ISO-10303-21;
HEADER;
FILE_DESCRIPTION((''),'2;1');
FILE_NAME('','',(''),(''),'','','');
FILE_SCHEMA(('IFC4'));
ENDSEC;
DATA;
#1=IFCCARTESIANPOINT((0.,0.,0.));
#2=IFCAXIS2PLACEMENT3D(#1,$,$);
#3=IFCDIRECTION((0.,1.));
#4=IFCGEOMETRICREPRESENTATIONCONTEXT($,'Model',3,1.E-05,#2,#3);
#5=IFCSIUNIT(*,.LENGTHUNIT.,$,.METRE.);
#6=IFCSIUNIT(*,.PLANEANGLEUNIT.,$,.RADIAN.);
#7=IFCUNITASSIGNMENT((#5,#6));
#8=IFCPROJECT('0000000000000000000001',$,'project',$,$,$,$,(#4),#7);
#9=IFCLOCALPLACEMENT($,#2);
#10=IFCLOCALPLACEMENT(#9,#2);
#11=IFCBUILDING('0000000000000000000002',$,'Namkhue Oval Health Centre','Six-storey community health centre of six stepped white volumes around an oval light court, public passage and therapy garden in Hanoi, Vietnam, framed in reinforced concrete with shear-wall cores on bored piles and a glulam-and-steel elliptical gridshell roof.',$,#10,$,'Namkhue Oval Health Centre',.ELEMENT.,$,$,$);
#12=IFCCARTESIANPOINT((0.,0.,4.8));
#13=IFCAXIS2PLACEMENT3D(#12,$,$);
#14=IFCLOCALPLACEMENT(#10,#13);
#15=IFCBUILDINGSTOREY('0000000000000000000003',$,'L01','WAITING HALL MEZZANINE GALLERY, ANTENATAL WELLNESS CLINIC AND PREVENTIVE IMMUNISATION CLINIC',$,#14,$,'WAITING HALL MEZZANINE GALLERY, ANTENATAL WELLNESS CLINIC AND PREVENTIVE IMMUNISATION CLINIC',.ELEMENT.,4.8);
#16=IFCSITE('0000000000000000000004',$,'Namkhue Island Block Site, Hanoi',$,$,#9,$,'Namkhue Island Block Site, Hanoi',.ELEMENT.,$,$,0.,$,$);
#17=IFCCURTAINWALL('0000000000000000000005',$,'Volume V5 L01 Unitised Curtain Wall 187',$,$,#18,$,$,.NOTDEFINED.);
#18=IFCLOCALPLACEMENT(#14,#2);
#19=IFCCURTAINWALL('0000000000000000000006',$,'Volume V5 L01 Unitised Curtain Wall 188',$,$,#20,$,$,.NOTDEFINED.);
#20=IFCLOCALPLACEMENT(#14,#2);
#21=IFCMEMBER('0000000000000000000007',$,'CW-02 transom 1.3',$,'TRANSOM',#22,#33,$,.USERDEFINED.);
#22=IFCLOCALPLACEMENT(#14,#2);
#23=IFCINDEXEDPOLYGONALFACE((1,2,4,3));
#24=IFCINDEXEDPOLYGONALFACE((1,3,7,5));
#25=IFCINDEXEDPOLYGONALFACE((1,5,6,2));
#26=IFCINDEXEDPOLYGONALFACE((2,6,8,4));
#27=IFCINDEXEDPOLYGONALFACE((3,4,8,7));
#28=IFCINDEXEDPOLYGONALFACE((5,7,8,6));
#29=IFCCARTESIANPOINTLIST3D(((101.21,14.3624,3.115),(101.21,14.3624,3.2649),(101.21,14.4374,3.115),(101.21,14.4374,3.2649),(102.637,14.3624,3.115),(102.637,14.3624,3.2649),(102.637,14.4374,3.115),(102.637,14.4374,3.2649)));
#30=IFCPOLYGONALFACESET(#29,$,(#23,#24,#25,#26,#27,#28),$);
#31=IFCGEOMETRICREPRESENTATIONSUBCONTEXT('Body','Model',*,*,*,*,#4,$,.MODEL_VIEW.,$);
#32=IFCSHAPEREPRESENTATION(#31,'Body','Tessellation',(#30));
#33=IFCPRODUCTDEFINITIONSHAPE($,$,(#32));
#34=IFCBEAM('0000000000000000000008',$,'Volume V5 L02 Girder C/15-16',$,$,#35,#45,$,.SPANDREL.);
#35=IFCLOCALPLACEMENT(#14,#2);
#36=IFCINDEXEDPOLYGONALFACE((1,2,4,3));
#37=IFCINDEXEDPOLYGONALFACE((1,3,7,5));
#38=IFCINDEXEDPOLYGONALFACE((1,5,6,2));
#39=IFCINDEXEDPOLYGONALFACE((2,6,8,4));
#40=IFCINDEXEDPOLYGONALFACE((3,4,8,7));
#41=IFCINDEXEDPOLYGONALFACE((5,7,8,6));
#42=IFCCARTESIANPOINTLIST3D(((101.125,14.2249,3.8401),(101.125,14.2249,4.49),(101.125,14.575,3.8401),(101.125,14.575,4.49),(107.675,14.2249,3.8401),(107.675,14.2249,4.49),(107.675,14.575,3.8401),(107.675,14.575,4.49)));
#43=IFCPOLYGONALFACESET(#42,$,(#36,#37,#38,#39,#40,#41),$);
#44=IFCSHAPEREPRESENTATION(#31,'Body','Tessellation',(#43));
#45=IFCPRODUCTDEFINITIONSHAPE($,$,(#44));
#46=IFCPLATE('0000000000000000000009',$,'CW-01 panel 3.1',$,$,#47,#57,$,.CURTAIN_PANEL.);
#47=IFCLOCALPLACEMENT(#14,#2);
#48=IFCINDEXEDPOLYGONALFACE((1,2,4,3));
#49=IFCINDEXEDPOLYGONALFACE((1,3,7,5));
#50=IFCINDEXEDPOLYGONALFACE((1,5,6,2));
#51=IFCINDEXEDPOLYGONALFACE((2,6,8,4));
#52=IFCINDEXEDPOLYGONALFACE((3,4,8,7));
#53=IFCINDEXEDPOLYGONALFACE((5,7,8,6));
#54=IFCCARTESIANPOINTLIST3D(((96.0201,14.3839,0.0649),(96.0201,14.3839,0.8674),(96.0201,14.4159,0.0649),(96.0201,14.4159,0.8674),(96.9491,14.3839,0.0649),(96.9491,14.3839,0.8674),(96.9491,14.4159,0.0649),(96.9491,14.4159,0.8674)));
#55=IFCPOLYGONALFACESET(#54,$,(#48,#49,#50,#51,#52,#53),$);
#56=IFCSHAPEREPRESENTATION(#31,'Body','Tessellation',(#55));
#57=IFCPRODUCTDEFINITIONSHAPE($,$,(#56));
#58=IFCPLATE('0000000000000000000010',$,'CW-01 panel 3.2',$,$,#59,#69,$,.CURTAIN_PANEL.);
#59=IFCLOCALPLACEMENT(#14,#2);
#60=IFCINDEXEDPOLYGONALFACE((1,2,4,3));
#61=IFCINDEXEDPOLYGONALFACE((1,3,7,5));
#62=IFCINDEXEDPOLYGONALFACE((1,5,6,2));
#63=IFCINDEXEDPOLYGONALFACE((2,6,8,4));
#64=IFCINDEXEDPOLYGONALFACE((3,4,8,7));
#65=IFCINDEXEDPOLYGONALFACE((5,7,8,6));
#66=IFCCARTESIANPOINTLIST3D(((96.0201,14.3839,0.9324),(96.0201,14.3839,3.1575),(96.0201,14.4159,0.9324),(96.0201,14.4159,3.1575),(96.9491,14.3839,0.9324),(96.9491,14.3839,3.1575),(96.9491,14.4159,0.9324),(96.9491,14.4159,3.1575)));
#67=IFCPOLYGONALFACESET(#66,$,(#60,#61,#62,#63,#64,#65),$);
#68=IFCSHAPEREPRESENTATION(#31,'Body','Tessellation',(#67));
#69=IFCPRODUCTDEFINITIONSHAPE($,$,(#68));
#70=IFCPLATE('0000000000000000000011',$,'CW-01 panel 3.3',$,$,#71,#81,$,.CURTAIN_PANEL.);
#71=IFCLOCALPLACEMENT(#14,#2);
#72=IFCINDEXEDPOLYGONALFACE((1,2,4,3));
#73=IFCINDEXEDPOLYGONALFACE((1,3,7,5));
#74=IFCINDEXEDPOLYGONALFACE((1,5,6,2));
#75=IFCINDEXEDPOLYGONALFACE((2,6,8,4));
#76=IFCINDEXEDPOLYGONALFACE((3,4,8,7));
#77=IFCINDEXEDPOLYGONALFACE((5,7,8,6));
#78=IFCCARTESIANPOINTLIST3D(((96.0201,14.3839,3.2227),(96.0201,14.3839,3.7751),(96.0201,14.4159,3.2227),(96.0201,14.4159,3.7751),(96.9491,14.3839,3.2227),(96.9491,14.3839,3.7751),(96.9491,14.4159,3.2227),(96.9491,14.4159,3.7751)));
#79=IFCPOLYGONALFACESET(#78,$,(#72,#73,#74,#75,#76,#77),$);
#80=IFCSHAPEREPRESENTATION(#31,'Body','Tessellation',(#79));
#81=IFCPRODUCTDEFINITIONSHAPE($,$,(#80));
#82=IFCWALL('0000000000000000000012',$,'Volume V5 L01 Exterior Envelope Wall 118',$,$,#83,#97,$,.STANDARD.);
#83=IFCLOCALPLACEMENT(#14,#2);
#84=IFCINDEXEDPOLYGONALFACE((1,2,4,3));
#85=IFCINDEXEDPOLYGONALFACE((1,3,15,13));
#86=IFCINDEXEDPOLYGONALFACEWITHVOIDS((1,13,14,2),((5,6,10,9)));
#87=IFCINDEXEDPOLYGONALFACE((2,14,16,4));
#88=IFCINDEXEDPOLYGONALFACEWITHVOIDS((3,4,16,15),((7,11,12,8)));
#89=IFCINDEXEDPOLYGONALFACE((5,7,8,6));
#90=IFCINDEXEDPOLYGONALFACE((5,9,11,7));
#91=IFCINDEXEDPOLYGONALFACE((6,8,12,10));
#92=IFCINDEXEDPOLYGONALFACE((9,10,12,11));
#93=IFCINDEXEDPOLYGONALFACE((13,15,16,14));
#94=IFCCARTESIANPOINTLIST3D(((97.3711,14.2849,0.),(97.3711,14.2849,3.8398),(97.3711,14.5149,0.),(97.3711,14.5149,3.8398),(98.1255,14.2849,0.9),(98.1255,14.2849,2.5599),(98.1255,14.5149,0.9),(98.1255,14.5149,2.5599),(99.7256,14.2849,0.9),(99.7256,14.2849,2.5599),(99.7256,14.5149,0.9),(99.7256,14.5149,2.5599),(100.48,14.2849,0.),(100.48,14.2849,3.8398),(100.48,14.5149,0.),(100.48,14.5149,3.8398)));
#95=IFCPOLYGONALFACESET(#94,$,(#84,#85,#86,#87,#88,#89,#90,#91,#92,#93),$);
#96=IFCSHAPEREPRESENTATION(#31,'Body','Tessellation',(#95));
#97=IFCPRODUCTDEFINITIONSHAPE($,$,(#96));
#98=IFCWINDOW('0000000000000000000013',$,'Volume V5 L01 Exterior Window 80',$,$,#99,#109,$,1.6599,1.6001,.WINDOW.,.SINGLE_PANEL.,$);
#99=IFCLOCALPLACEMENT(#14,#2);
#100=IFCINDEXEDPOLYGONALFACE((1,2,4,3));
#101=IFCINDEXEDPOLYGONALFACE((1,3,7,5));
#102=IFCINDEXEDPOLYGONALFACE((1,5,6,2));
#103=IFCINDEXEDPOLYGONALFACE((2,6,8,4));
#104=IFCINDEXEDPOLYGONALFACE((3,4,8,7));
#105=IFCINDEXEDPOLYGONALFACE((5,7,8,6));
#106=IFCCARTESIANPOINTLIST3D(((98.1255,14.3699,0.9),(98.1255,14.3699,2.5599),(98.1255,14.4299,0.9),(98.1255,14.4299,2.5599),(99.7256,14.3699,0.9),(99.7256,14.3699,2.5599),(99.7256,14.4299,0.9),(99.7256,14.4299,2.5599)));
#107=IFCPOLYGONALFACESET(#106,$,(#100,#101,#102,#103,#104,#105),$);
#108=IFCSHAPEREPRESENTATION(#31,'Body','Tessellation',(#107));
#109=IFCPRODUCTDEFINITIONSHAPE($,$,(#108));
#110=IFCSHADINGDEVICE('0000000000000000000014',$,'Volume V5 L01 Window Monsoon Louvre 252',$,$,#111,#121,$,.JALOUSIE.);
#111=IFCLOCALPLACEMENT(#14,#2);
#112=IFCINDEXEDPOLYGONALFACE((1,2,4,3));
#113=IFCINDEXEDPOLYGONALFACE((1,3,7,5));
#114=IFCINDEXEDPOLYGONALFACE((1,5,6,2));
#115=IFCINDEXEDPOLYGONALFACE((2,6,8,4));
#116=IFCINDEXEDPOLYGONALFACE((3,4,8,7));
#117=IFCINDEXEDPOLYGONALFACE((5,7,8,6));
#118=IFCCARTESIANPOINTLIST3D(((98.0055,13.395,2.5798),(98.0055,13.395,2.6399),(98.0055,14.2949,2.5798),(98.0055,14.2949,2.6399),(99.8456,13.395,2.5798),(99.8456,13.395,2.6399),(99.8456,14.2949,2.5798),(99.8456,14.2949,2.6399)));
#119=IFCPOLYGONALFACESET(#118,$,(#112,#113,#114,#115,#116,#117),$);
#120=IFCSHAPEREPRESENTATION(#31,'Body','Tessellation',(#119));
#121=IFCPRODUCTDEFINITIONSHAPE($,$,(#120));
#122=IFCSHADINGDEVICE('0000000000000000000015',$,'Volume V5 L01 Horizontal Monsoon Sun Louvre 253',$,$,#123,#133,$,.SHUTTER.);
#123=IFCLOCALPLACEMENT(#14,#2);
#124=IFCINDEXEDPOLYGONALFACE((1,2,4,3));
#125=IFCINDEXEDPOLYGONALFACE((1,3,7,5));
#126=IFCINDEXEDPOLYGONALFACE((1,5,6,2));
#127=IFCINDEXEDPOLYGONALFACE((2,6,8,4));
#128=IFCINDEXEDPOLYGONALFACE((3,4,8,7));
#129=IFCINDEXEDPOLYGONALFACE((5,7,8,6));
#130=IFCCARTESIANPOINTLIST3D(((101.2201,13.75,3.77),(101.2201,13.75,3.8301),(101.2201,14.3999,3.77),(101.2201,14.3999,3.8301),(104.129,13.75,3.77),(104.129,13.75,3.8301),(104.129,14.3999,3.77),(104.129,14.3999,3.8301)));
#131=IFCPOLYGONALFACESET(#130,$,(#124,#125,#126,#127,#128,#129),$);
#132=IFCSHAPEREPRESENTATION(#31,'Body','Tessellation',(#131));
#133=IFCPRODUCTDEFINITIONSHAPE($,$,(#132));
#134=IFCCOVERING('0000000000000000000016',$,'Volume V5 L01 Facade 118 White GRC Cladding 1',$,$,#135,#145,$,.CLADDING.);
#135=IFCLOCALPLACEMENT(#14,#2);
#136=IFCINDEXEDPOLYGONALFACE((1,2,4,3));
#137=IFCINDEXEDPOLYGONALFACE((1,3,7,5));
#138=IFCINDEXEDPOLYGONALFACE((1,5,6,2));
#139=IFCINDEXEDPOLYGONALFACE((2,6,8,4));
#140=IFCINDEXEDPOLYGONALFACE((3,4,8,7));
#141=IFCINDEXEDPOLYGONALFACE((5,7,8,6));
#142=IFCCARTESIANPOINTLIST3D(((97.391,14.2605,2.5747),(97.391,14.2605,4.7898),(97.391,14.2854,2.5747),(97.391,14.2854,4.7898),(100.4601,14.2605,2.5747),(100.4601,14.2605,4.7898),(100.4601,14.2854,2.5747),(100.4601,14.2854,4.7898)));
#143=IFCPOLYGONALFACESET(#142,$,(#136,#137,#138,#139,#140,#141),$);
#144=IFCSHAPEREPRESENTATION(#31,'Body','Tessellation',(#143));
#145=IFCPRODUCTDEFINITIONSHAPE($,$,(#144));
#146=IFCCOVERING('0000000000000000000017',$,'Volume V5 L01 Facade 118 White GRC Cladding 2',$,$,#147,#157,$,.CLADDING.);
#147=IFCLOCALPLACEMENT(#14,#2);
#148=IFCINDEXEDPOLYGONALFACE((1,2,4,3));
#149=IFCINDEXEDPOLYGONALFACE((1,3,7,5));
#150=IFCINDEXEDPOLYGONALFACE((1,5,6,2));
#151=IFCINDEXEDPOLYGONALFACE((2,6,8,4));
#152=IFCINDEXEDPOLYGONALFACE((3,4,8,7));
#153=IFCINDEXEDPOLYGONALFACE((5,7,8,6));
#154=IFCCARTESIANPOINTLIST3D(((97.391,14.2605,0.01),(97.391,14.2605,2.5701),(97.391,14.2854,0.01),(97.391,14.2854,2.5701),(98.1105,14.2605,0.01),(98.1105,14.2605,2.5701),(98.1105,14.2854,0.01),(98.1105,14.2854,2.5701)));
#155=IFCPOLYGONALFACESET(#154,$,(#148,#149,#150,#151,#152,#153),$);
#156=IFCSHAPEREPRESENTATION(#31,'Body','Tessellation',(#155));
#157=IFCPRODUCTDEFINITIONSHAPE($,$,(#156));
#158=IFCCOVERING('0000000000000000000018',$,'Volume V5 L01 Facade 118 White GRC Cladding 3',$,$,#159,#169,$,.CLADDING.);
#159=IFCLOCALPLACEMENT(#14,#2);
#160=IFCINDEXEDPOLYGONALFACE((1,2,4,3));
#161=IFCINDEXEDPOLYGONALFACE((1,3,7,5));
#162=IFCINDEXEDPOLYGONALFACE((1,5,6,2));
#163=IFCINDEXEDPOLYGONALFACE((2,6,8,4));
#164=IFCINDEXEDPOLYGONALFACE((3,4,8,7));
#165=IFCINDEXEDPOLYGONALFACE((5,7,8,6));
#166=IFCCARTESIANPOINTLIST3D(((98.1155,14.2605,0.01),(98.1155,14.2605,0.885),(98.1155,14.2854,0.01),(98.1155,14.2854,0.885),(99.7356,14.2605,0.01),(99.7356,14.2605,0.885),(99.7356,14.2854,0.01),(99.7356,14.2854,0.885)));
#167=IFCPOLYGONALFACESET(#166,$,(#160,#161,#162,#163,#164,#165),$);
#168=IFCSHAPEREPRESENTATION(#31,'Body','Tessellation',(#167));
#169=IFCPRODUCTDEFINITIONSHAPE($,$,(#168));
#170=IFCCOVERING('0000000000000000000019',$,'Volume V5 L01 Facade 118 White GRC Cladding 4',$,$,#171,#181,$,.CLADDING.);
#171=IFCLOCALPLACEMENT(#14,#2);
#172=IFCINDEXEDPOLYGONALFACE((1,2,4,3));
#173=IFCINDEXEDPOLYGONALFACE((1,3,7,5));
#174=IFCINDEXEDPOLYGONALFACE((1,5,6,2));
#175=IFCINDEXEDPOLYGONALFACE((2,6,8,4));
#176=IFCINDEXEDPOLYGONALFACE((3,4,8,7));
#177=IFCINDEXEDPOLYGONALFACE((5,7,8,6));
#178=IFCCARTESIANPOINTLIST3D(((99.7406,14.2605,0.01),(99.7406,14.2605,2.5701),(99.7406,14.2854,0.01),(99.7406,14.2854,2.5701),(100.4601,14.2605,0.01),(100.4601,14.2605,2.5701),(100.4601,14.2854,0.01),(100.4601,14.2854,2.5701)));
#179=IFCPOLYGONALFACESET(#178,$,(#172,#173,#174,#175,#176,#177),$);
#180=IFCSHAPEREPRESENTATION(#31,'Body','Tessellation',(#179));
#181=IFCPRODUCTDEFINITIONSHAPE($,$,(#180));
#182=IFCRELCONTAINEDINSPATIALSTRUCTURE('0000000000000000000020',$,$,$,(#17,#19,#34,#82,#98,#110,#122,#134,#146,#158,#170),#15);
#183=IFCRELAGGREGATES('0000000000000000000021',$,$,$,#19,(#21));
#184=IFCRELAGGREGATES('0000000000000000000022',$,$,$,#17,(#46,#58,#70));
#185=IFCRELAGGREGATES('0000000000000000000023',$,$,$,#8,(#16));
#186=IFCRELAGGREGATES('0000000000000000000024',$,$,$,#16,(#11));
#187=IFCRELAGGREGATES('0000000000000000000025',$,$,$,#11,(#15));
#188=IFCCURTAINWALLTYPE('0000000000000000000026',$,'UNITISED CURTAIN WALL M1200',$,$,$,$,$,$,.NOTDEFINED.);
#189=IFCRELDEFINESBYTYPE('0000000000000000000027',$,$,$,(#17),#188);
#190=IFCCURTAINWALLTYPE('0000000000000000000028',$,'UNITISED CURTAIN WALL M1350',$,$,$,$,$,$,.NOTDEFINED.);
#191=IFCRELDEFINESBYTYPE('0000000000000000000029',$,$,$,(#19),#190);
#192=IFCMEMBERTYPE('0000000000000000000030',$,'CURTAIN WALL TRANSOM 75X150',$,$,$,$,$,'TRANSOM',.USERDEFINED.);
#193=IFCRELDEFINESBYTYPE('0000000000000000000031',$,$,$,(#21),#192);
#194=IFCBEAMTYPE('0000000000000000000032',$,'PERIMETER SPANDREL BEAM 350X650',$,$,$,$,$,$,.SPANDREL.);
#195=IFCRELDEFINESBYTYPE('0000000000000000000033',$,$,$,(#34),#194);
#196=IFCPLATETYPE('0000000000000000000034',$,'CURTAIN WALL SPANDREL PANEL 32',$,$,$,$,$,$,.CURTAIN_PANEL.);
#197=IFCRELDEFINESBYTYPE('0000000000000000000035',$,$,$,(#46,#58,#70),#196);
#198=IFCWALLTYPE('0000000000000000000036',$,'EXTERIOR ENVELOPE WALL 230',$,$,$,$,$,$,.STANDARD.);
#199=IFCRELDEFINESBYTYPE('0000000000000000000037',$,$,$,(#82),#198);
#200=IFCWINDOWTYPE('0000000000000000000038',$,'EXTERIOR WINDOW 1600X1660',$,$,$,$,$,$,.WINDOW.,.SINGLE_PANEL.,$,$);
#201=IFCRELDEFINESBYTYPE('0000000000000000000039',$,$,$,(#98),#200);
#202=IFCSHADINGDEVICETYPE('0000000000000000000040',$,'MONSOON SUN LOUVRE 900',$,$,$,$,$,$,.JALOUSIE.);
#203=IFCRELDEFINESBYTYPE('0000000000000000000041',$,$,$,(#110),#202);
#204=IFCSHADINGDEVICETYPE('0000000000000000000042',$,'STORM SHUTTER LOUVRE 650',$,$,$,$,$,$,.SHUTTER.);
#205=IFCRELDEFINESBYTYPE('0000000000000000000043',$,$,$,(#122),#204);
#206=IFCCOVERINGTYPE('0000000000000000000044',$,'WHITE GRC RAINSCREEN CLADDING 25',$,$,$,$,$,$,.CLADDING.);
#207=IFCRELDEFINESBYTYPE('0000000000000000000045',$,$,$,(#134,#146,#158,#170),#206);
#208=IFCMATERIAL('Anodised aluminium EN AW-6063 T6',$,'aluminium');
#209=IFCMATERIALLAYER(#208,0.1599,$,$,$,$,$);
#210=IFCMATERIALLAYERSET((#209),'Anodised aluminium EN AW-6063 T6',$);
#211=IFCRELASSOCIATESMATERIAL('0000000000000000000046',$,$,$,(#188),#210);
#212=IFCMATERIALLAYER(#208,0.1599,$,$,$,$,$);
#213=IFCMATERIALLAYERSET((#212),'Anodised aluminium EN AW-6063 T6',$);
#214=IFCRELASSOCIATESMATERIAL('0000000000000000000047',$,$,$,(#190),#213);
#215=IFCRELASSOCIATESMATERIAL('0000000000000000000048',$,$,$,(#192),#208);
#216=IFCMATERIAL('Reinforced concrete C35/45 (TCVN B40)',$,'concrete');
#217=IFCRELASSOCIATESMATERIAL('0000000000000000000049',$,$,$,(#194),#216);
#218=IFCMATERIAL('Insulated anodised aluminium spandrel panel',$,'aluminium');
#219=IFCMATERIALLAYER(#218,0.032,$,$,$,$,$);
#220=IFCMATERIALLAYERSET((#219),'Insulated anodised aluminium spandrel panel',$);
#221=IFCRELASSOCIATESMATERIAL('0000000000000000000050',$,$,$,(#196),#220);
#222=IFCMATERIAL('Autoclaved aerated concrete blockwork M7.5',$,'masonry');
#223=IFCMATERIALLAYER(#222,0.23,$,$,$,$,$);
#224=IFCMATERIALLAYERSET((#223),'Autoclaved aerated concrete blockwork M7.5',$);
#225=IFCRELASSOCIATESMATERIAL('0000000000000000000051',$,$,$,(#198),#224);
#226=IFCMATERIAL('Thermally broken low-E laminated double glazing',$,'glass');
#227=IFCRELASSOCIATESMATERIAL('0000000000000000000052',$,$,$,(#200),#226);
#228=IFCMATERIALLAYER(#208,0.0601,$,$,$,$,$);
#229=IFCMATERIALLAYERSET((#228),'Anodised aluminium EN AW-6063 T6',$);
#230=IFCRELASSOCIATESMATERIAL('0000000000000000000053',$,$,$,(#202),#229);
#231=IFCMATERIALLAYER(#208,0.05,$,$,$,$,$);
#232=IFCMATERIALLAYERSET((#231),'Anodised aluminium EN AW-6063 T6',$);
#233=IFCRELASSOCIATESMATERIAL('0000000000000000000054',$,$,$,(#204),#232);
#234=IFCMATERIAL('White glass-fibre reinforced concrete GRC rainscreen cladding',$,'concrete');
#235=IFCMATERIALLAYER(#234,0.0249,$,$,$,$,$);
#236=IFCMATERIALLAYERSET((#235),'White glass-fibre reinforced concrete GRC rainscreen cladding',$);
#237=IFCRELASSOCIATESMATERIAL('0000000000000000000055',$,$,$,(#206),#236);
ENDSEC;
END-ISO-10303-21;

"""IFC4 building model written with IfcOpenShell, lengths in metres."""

from ifc_helpers import new_model, si_unit, direction, frame, frame_2d, origin, origin_2d, place, context, subcontext, project, spatial, rectangle, extrude, material, layer, layer_set, material_profile, profile_set, type_object, element, fill, aggregate, save


model = new_model("IFC4")

# Units and contexts
model_context = context("Model", 3, precision=1e-05, world=origin(), true_north=direction((0.0, 1.0)))
body_context = subcontext(model_context, "Body", "Model", "MODEL_VIEW")
ifc_project = project(units=[si_unit("LENGTHUNIT", "METRE"), si_unit("PLANEANGLEUNIT", "RADIAN")], contexts=[model_context])

# Site, building, storey
site_placement = place(None, origin())
site = spatial("IfcSite", under=ifc_project, at=site_placement, Name="Namkhue Island Block Site, Hanoi", LongName="Namkhue Island Block Site, Hanoi", CompositionType="ELEMENT", RefElevation=0.0)
building_placement = place(site_placement, origin())
building = spatial("IfcBuilding", under=site, at=building_placement, Name="Namkhue Oval Health Centre", Description="Six-storey community health centre of six stepped white volumes around an oval light court, public passage and therapy garden in Hanoi, Vietnam, framed in reinforced concrete with shear-wall cores on bored piles and a glulam-and-steel elliptical gridshell roof.", LongName="Namkhue Oval Health Centre", CompositionType="ELEMENT")
storey_placement = place(building_placement, frame((0.0, 0.0, 4.8)))
storey = spatial("IfcBuildingStorey", under=building, at=storey_placement, Name="L01", Description="WAITING HALL MEZZANINE GALLERY, ANTENATAL WELLNESS CLINIC AND PREVENTIVE IMMUNISATION CLINIC", LongName="WAITING HALL MEZZANINE GALLERY, ANTENATAL WELLNESS CLINIC AND PREVENTIVE IMMUNISATION CLINIC", CompositionType="ELEMENT", Elevation=4.8)

# Shared definitions
ifc_material_1 = material(Name="Reinforced concrete C35/45 (TCVN B40)", Category="concrete")

# Curtain walls
ifc_material_2 = material(Name="Anodised aluminium EN AW-6063 T6", Category="aluminium")
ifc_layer_1 = layer(ifc_material_2, 0.1599)
ifc_layer_set_1 = layer_set([ifc_layer_1], Name="Anodised aluminium EN AW-6063 T6")
curtain_wall_type_1 = type_object("IfcCurtainWallType", Name="UNITISED CURTAIN WALL M1200", PredefinedType="NOTDEFINED", material=ifc_layer_set_1)
curtain_wall_1_placement = place(storey_placement, origin())
curtain_wall_1 = element("IfcCurtainWall", 1, at=curtain_wall_1_placement, inside=storey, type_object=curtain_wall_type_1, Name="Volume V5 L01 Unitised Curtain Wall 187", PredefinedType="NOTDEFINED")
ifc_layer_2 = layer(ifc_material_2, 0.1599)
ifc_layer_set_2 = layer_set([ifc_layer_2], Name="Anodised aluminium EN AW-6063 T6")
curtain_wall_type_2 = type_object("IfcCurtainWallType", Name="UNITISED CURTAIN WALL M1350", PredefinedType="NOTDEFINED", material=ifc_layer_set_2)
curtain_wall_2_placement = place(storey_placement, origin())
curtain_wall_2 = element("IfcCurtainWall", 2, at=curtain_wall_2_placement, inside=storey, type_object=curtain_wall_type_2, Name="Volume V5 L01 Unitised Curtain Wall 188", PredefinedType="NOTDEFINED")

# Member
ifc_material_profile_1 = material_profile(ifc_material_2, rectangle(XDim=0.075, YDim=0.1499, at=origin_2d()), Name="ALU 75x150")
ifc_profile_set_1 = profile_set([ifc_material_profile_1], Name="Anodised aluminium EN AW-6063 T6")
member_type_1 = type_object("IfcMemberType", Name="CURTAIN WALL TRANSOM 75X150", ElementType="TRANSOM", PredefinedType="USERDEFINED", material=ifc_profile_set_1)
member_1_placement = place(storey_placement, frame((101.21, 14.3999, 3.1899), z_axis=(1.0, 0.0, 0.0), x_axis=(0.0, 1.0, 0.0)))
member_1 = element("IfcMember", 3, at=member_1_placement, type_object=member_type_1, Name="CW-02 transom 1.3", ObjectType="TRANSOM", PredefinedType="USERDEFINED", context=body_context, shape_type="SweptSolid", body=[
    extrude(rectangle(XDim=0.075, YDim=0.1499, at=origin_2d()), origin(), (0.0, 0.0, 1.0), 1.427),
])
aggregate(curtain_wall_2, [member_1])

# Beam
ifc_material_profile_2 = material_profile(ifc_material_1, rectangle(XDim=0.3501, YDim=0.6499, at=origin_2d()), Name="RC 350x650")
ifc_profile_set_2 = profile_set([ifc_material_profile_2], Name="Reinforced concrete C35/45 (TCVN B40)")
beam_type = type_object("IfcBeamType", Name="PERIMETER SPANDREL BEAM 350X650", PredefinedType="SPANDREL", material=ifc_profile_set_2)
beam_placement = place(storey_placement, frame((101.125, 14.3999, 4.165), z_axis=(1.0, 0.0, 0.0), x_axis=(0.0, 1.0, 0.0)))
element("IfcBeam", 4, at=beam_placement, inside=storey, type_object=beam_type, Name="Volume V5 L02 Girder C/15-16", PredefinedType="SPANDREL", context=body_context, shape_type="SweptSolid", body=[
    extrude(rectangle(XDim=0.3501, YDim=0.6499, at=origin_2d()), origin(), (0.0, 0.0, 1.0), 6.55),
])

# Plates
ifc_material_3 = material(Name="Insulated anodised aluminium spandrel panel", Category="aluminium")
ifc_layer_3 = layer(ifc_material_3, 0.032)
ifc_layer_set_3 = layer_set([ifc_layer_3], Name="Insulated anodised aluminium spandrel panel")
plate_type = type_object("IfcPlateType", Name="CURTAIN WALL SPANDREL PANEL 32", PredefinedType="CURTAIN_PANEL", material=ifc_layer_set_3)
plate_1_placement = place(storey_placement, frame((96.4846, 14.3999, 0.0649), z_axis=(0.0, 0.0, 1.0), x_axis=(1.0, 0.0, 0.0)))
plate_1 = element("IfcPlate", 5, at=plate_1_placement, type_object=plate_type, Name="CW-01 panel 3.1", PredefinedType="CURTAIN_PANEL", context=body_context, shape_type="SweptSolid", body=[
    extrude(rectangle(XDim=0.929, YDim=0.032, at=origin_2d()), origin(), (0.0, 0.0, 1.0), 0.8025),
])
plate_2_placement = place(storey_placement, frame((96.4846, 14.3999, 0.9324), z_axis=(0.0, 0.0, 1.0), x_axis=(1.0, 0.0, 0.0)))
plate_2 = element("IfcPlate", 6, at=plate_2_placement, type_object=plate_type, Name="CW-01 panel 3.2", PredefinedType="CURTAIN_PANEL", context=body_context, shape_type="SweptSolid", body=[
    extrude(rectangle(XDim=0.929, YDim=0.032, at=origin_2d()), origin(), (0.0, 0.0, 1.0), 2.2251),
])
plate_3_placement = place(storey_placement, frame((96.4846, 14.3999, 3.2227), z_axis=(0.0, 0.0, 1.0), x_axis=(1.0, 0.0, 0.0)))
plate_3 = element("IfcPlate", 7, at=plate_3_placement, type_object=plate_type, Name="CW-01 panel 3.3", PredefinedType="CURTAIN_PANEL", context=body_context, shape_type="SweptSolid", body=[
    extrude(rectangle(XDim=0.929, YDim=0.032, at=origin_2d()), origin(), (0.0, 0.0, 1.0), 0.5525),
])
aggregate(curtain_wall_1, [plate_1, plate_2, plate_3])

# Wall, opening, window
ifc_material_4 = material(Name="Autoclaved aerated concrete blockwork M7.5", Category="masonry")
ifc_layer_4 = layer(ifc_material_4, 0.23)
ifc_layer_set_4 = layer_set([ifc_layer_4], Name="Autoclaved aerated concrete blockwork M7.5")
wall_type = type_object("IfcWallType", Name="EXTERIOR ENVELOPE WALL 230", PredefinedType="STANDARD", material=ifc_layer_set_4)
wall_placement = place(storey_placement, frame((97.3711, 14.3999, 0.0), z_axis=(0.0, 0.0, 1.0), x_axis=(1.0, 0.0, 0.0)))
wall = element("IfcWall", 8, at=wall_placement, inside=storey, type_object=wall_type, Name="Volume V5 L01 Exterior Envelope Wall 118", PredefinedType="STANDARD", context=body_context, shape_type="SweptSolid", body=[
    extrude(rectangle(XDim=3.1089, YDim=0.23, at=frame_2d((1.5544, 0.0))), origin(), (0.0, 0.0, 1.0), 3.8398),
])
opening_placement = place(wall_placement, frame((0.7544, 0.0, 0.8999)))
opening = element("IfcOpeningElement", 9, at=opening_placement, cuts=wall, PredefinedType="OPENING", context=body_context, shape_type="SweptSolid", body=[
    extrude(rectangle(XDim=1.6001, YDim=1.6599, at=frame_2d((0.8, 0.8301))), frame((0.0, 0.125, 0.0), z_axis=(0.0, -1.0, 0.0), x_axis=(1.0, 0.0, 0.0)), (0.0, 0.0, 1.0), 0.25),
])
ifc_material_5 = material(Name="Thermally broken low-E laminated double glazing", Category="glass")
window_type = type_object("IfcWindowType", Name="EXTERIOR WINDOW 1600X1660", PartitioningType="SINGLE_PANEL", PredefinedType="WINDOW", material=ifc_material_5)
window_placement = place(opening_placement, origin())
window = element("IfcWindow", 10, at=window_placement, inside=storey, type_object=window_type, Name="Volume V5 L01 Exterior Window 80", OverallHeight=1.6599, OverallWidth=1.6001, PartitioningType="SINGLE_PANEL", PredefinedType="WINDOW", context=body_context, shape_type="SweptSolid", body=[
    extrude(rectangle(XDim=1.6001, YDim=1.6599, at=frame_2d((0.8, 0.8301))), frame((0.0, 0.03, 0.0), z_axis=(0.0, -1.0, 0.0), x_axis=(1.0, 0.0, 0.0)), (0.0, 0.0, 1.0), 0.0601),
])
fill(opening, window)

# Shading devices
ifc_layer_5 = layer(ifc_material_2, 0.0601)
ifc_layer_set_5 = layer_set([ifc_layer_5], Name="Anodised aluminium EN AW-6063 T6")
shading_device_type_1 = type_object("IfcShadingDeviceType", Name="MONSOON SUN LOUVRE 900", PredefinedType="JALOUSIE", material=ifc_layer_set_5)
shading_device_1_placement = place(storey_placement, frame((98.9255, 13.845, 2.5798), z_axis=(0.0, 0.0, 1.0), x_axis=(1.0, 0.0, 0.0)))
element("IfcShadingDevice", 11, at=shading_device_1_placement, inside=storey, type_object=shading_device_type_1, Name="Volume V5 L01 Window Monsoon Louvre 252", PredefinedType="JALOUSIE", context=body_context, shape_type="SweptSolid", body=[
    extrude(rectangle(XDim=1.8401, YDim=0.8999, at=origin_2d()), origin(), (0.0, 0.0, 1.0), 0.0601),
])
ifc_layer_6 = layer(ifc_material_2, 0.05)
ifc_layer_set_6 = layer_set([ifc_layer_6], Name="Anodised aluminium EN AW-6063 T6")
shading_device_type_2 = type_object("IfcShadingDeviceType", Name="STORM SHUTTER LOUVRE 650", PredefinedType="SHUTTER", material=ifc_layer_set_6)
shading_device_2_placement = place(storey_placement, frame((102.6746, 14.075, 3.77), z_axis=(0.0, 0.0, 1.0), x_axis=(1.0, 0.0, 0.0)))
element("IfcShadingDevice", 12, at=shading_device_2_placement, inside=storey, type_object=shading_device_type_2, Name="Volume V5 L01 Horizontal Monsoon Sun Louvre 253", PredefinedType="SHUTTER", context=body_context, shape_type="SweptSolid", body=[
    extrude(rectangle(XDim=2.9089, YDim=0.6499, at=origin_2d()), origin(), (0.0, 0.0, 1.0), 0.0601),
])

# Coverings
ifc_material_6 = material(Name="White glass-fibre reinforced concrete GRC rainscreen cladding", Category="concrete")
ifc_layer_7 = layer(ifc_material_6, 0.0249)
ifc_layer_set_7 = layer_set([ifc_layer_7], Name="White glass-fibre reinforced concrete GRC rainscreen cladding")
covering_type = type_object("IfcCoveringType", Name="WHITE GRC RAINSCREEN CLADDING 25", PredefinedType="CLADDING", material=ifc_layer_set_7)
covering_1_placement = place(storey_placement, frame((98.9255, 14.2729, 2.5747), z_axis=(0.0, 0.0, 1.0), x_axis=(1.0, 0.0, 0.0)))
element("IfcCovering", 13, at=covering_1_placement, inside=storey, type_object=covering_type, Name="Volume V5 L01 Facade 118 White GRC Cladding 1", PredefinedType="CLADDING", context=body_context, shape_type="SweptSolid", body=[
    extrude(rectangle(XDim=3.0691, YDim=0.0249, at=origin_2d()), origin(), (0.0, 0.0, 1.0), 2.2151),
])
covering_2_placement = place(storey_placement, frame((97.7507, 14.2729, 0.01), z_axis=(0.0, 0.0, 1.0), x_axis=(1.0, 0.0, 0.0)))
element("IfcCovering", 14, at=covering_2_placement, inside=storey, type_object=covering_type, Name="Volume V5 L01 Facade 118 White GRC Cladding 2", PredefinedType="CLADDING", context=body_context, shape_type="SweptSolid", body=[
    extrude(rectangle(XDim=0.7195, YDim=0.0249, at=origin_2d()), origin(), (0.0, 0.0, 1.0), 2.5601),
])
covering_3_placement = place(storey_placement, frame((98.9255, 14.2729, 0.01), z_axis=(0.0, 0.0, 1.0), x_axis=(1.0, 0.0, 0.0)))
element("IfcCovering", 15, at=covering_3_placement, inside=storey, type_object=covering_type, Name="Volume V5 L01 Facade 118 White GRC Cladding 3", PredefinedType="CLADDING", context=body_context, shape_type="SweptSolid", body=[
    extrude(rectangle(XDim=1.6201, YDim=0.0249, at=origin_2d()), origin(), (0.0, 0.0, 1.0), 0.875),
])
covering_4_placement = place(storey_placement, frame((100.1003, 14.2729, 0.01), z_axis=(0.0, 0.0, 1.0), x_axis=(1.0, 0.0, 0.0)))
element("IfcCovering", 16, at=covering_4_placement, inside=storey, type_object=covering_type, Name="Volume V5 L01 Facade 118 White GRC Cladding 4", PredefinedType="CLADDING", context=body_context, shape_type="SweptSolid", body=[
    extrude(rectangle(XDim=0.7195, YDim=0.0249, at=origin_2d()), origin(), (0.0, 0.0, 1.0), 2.5601),
])

save(model, "model.ifc")
